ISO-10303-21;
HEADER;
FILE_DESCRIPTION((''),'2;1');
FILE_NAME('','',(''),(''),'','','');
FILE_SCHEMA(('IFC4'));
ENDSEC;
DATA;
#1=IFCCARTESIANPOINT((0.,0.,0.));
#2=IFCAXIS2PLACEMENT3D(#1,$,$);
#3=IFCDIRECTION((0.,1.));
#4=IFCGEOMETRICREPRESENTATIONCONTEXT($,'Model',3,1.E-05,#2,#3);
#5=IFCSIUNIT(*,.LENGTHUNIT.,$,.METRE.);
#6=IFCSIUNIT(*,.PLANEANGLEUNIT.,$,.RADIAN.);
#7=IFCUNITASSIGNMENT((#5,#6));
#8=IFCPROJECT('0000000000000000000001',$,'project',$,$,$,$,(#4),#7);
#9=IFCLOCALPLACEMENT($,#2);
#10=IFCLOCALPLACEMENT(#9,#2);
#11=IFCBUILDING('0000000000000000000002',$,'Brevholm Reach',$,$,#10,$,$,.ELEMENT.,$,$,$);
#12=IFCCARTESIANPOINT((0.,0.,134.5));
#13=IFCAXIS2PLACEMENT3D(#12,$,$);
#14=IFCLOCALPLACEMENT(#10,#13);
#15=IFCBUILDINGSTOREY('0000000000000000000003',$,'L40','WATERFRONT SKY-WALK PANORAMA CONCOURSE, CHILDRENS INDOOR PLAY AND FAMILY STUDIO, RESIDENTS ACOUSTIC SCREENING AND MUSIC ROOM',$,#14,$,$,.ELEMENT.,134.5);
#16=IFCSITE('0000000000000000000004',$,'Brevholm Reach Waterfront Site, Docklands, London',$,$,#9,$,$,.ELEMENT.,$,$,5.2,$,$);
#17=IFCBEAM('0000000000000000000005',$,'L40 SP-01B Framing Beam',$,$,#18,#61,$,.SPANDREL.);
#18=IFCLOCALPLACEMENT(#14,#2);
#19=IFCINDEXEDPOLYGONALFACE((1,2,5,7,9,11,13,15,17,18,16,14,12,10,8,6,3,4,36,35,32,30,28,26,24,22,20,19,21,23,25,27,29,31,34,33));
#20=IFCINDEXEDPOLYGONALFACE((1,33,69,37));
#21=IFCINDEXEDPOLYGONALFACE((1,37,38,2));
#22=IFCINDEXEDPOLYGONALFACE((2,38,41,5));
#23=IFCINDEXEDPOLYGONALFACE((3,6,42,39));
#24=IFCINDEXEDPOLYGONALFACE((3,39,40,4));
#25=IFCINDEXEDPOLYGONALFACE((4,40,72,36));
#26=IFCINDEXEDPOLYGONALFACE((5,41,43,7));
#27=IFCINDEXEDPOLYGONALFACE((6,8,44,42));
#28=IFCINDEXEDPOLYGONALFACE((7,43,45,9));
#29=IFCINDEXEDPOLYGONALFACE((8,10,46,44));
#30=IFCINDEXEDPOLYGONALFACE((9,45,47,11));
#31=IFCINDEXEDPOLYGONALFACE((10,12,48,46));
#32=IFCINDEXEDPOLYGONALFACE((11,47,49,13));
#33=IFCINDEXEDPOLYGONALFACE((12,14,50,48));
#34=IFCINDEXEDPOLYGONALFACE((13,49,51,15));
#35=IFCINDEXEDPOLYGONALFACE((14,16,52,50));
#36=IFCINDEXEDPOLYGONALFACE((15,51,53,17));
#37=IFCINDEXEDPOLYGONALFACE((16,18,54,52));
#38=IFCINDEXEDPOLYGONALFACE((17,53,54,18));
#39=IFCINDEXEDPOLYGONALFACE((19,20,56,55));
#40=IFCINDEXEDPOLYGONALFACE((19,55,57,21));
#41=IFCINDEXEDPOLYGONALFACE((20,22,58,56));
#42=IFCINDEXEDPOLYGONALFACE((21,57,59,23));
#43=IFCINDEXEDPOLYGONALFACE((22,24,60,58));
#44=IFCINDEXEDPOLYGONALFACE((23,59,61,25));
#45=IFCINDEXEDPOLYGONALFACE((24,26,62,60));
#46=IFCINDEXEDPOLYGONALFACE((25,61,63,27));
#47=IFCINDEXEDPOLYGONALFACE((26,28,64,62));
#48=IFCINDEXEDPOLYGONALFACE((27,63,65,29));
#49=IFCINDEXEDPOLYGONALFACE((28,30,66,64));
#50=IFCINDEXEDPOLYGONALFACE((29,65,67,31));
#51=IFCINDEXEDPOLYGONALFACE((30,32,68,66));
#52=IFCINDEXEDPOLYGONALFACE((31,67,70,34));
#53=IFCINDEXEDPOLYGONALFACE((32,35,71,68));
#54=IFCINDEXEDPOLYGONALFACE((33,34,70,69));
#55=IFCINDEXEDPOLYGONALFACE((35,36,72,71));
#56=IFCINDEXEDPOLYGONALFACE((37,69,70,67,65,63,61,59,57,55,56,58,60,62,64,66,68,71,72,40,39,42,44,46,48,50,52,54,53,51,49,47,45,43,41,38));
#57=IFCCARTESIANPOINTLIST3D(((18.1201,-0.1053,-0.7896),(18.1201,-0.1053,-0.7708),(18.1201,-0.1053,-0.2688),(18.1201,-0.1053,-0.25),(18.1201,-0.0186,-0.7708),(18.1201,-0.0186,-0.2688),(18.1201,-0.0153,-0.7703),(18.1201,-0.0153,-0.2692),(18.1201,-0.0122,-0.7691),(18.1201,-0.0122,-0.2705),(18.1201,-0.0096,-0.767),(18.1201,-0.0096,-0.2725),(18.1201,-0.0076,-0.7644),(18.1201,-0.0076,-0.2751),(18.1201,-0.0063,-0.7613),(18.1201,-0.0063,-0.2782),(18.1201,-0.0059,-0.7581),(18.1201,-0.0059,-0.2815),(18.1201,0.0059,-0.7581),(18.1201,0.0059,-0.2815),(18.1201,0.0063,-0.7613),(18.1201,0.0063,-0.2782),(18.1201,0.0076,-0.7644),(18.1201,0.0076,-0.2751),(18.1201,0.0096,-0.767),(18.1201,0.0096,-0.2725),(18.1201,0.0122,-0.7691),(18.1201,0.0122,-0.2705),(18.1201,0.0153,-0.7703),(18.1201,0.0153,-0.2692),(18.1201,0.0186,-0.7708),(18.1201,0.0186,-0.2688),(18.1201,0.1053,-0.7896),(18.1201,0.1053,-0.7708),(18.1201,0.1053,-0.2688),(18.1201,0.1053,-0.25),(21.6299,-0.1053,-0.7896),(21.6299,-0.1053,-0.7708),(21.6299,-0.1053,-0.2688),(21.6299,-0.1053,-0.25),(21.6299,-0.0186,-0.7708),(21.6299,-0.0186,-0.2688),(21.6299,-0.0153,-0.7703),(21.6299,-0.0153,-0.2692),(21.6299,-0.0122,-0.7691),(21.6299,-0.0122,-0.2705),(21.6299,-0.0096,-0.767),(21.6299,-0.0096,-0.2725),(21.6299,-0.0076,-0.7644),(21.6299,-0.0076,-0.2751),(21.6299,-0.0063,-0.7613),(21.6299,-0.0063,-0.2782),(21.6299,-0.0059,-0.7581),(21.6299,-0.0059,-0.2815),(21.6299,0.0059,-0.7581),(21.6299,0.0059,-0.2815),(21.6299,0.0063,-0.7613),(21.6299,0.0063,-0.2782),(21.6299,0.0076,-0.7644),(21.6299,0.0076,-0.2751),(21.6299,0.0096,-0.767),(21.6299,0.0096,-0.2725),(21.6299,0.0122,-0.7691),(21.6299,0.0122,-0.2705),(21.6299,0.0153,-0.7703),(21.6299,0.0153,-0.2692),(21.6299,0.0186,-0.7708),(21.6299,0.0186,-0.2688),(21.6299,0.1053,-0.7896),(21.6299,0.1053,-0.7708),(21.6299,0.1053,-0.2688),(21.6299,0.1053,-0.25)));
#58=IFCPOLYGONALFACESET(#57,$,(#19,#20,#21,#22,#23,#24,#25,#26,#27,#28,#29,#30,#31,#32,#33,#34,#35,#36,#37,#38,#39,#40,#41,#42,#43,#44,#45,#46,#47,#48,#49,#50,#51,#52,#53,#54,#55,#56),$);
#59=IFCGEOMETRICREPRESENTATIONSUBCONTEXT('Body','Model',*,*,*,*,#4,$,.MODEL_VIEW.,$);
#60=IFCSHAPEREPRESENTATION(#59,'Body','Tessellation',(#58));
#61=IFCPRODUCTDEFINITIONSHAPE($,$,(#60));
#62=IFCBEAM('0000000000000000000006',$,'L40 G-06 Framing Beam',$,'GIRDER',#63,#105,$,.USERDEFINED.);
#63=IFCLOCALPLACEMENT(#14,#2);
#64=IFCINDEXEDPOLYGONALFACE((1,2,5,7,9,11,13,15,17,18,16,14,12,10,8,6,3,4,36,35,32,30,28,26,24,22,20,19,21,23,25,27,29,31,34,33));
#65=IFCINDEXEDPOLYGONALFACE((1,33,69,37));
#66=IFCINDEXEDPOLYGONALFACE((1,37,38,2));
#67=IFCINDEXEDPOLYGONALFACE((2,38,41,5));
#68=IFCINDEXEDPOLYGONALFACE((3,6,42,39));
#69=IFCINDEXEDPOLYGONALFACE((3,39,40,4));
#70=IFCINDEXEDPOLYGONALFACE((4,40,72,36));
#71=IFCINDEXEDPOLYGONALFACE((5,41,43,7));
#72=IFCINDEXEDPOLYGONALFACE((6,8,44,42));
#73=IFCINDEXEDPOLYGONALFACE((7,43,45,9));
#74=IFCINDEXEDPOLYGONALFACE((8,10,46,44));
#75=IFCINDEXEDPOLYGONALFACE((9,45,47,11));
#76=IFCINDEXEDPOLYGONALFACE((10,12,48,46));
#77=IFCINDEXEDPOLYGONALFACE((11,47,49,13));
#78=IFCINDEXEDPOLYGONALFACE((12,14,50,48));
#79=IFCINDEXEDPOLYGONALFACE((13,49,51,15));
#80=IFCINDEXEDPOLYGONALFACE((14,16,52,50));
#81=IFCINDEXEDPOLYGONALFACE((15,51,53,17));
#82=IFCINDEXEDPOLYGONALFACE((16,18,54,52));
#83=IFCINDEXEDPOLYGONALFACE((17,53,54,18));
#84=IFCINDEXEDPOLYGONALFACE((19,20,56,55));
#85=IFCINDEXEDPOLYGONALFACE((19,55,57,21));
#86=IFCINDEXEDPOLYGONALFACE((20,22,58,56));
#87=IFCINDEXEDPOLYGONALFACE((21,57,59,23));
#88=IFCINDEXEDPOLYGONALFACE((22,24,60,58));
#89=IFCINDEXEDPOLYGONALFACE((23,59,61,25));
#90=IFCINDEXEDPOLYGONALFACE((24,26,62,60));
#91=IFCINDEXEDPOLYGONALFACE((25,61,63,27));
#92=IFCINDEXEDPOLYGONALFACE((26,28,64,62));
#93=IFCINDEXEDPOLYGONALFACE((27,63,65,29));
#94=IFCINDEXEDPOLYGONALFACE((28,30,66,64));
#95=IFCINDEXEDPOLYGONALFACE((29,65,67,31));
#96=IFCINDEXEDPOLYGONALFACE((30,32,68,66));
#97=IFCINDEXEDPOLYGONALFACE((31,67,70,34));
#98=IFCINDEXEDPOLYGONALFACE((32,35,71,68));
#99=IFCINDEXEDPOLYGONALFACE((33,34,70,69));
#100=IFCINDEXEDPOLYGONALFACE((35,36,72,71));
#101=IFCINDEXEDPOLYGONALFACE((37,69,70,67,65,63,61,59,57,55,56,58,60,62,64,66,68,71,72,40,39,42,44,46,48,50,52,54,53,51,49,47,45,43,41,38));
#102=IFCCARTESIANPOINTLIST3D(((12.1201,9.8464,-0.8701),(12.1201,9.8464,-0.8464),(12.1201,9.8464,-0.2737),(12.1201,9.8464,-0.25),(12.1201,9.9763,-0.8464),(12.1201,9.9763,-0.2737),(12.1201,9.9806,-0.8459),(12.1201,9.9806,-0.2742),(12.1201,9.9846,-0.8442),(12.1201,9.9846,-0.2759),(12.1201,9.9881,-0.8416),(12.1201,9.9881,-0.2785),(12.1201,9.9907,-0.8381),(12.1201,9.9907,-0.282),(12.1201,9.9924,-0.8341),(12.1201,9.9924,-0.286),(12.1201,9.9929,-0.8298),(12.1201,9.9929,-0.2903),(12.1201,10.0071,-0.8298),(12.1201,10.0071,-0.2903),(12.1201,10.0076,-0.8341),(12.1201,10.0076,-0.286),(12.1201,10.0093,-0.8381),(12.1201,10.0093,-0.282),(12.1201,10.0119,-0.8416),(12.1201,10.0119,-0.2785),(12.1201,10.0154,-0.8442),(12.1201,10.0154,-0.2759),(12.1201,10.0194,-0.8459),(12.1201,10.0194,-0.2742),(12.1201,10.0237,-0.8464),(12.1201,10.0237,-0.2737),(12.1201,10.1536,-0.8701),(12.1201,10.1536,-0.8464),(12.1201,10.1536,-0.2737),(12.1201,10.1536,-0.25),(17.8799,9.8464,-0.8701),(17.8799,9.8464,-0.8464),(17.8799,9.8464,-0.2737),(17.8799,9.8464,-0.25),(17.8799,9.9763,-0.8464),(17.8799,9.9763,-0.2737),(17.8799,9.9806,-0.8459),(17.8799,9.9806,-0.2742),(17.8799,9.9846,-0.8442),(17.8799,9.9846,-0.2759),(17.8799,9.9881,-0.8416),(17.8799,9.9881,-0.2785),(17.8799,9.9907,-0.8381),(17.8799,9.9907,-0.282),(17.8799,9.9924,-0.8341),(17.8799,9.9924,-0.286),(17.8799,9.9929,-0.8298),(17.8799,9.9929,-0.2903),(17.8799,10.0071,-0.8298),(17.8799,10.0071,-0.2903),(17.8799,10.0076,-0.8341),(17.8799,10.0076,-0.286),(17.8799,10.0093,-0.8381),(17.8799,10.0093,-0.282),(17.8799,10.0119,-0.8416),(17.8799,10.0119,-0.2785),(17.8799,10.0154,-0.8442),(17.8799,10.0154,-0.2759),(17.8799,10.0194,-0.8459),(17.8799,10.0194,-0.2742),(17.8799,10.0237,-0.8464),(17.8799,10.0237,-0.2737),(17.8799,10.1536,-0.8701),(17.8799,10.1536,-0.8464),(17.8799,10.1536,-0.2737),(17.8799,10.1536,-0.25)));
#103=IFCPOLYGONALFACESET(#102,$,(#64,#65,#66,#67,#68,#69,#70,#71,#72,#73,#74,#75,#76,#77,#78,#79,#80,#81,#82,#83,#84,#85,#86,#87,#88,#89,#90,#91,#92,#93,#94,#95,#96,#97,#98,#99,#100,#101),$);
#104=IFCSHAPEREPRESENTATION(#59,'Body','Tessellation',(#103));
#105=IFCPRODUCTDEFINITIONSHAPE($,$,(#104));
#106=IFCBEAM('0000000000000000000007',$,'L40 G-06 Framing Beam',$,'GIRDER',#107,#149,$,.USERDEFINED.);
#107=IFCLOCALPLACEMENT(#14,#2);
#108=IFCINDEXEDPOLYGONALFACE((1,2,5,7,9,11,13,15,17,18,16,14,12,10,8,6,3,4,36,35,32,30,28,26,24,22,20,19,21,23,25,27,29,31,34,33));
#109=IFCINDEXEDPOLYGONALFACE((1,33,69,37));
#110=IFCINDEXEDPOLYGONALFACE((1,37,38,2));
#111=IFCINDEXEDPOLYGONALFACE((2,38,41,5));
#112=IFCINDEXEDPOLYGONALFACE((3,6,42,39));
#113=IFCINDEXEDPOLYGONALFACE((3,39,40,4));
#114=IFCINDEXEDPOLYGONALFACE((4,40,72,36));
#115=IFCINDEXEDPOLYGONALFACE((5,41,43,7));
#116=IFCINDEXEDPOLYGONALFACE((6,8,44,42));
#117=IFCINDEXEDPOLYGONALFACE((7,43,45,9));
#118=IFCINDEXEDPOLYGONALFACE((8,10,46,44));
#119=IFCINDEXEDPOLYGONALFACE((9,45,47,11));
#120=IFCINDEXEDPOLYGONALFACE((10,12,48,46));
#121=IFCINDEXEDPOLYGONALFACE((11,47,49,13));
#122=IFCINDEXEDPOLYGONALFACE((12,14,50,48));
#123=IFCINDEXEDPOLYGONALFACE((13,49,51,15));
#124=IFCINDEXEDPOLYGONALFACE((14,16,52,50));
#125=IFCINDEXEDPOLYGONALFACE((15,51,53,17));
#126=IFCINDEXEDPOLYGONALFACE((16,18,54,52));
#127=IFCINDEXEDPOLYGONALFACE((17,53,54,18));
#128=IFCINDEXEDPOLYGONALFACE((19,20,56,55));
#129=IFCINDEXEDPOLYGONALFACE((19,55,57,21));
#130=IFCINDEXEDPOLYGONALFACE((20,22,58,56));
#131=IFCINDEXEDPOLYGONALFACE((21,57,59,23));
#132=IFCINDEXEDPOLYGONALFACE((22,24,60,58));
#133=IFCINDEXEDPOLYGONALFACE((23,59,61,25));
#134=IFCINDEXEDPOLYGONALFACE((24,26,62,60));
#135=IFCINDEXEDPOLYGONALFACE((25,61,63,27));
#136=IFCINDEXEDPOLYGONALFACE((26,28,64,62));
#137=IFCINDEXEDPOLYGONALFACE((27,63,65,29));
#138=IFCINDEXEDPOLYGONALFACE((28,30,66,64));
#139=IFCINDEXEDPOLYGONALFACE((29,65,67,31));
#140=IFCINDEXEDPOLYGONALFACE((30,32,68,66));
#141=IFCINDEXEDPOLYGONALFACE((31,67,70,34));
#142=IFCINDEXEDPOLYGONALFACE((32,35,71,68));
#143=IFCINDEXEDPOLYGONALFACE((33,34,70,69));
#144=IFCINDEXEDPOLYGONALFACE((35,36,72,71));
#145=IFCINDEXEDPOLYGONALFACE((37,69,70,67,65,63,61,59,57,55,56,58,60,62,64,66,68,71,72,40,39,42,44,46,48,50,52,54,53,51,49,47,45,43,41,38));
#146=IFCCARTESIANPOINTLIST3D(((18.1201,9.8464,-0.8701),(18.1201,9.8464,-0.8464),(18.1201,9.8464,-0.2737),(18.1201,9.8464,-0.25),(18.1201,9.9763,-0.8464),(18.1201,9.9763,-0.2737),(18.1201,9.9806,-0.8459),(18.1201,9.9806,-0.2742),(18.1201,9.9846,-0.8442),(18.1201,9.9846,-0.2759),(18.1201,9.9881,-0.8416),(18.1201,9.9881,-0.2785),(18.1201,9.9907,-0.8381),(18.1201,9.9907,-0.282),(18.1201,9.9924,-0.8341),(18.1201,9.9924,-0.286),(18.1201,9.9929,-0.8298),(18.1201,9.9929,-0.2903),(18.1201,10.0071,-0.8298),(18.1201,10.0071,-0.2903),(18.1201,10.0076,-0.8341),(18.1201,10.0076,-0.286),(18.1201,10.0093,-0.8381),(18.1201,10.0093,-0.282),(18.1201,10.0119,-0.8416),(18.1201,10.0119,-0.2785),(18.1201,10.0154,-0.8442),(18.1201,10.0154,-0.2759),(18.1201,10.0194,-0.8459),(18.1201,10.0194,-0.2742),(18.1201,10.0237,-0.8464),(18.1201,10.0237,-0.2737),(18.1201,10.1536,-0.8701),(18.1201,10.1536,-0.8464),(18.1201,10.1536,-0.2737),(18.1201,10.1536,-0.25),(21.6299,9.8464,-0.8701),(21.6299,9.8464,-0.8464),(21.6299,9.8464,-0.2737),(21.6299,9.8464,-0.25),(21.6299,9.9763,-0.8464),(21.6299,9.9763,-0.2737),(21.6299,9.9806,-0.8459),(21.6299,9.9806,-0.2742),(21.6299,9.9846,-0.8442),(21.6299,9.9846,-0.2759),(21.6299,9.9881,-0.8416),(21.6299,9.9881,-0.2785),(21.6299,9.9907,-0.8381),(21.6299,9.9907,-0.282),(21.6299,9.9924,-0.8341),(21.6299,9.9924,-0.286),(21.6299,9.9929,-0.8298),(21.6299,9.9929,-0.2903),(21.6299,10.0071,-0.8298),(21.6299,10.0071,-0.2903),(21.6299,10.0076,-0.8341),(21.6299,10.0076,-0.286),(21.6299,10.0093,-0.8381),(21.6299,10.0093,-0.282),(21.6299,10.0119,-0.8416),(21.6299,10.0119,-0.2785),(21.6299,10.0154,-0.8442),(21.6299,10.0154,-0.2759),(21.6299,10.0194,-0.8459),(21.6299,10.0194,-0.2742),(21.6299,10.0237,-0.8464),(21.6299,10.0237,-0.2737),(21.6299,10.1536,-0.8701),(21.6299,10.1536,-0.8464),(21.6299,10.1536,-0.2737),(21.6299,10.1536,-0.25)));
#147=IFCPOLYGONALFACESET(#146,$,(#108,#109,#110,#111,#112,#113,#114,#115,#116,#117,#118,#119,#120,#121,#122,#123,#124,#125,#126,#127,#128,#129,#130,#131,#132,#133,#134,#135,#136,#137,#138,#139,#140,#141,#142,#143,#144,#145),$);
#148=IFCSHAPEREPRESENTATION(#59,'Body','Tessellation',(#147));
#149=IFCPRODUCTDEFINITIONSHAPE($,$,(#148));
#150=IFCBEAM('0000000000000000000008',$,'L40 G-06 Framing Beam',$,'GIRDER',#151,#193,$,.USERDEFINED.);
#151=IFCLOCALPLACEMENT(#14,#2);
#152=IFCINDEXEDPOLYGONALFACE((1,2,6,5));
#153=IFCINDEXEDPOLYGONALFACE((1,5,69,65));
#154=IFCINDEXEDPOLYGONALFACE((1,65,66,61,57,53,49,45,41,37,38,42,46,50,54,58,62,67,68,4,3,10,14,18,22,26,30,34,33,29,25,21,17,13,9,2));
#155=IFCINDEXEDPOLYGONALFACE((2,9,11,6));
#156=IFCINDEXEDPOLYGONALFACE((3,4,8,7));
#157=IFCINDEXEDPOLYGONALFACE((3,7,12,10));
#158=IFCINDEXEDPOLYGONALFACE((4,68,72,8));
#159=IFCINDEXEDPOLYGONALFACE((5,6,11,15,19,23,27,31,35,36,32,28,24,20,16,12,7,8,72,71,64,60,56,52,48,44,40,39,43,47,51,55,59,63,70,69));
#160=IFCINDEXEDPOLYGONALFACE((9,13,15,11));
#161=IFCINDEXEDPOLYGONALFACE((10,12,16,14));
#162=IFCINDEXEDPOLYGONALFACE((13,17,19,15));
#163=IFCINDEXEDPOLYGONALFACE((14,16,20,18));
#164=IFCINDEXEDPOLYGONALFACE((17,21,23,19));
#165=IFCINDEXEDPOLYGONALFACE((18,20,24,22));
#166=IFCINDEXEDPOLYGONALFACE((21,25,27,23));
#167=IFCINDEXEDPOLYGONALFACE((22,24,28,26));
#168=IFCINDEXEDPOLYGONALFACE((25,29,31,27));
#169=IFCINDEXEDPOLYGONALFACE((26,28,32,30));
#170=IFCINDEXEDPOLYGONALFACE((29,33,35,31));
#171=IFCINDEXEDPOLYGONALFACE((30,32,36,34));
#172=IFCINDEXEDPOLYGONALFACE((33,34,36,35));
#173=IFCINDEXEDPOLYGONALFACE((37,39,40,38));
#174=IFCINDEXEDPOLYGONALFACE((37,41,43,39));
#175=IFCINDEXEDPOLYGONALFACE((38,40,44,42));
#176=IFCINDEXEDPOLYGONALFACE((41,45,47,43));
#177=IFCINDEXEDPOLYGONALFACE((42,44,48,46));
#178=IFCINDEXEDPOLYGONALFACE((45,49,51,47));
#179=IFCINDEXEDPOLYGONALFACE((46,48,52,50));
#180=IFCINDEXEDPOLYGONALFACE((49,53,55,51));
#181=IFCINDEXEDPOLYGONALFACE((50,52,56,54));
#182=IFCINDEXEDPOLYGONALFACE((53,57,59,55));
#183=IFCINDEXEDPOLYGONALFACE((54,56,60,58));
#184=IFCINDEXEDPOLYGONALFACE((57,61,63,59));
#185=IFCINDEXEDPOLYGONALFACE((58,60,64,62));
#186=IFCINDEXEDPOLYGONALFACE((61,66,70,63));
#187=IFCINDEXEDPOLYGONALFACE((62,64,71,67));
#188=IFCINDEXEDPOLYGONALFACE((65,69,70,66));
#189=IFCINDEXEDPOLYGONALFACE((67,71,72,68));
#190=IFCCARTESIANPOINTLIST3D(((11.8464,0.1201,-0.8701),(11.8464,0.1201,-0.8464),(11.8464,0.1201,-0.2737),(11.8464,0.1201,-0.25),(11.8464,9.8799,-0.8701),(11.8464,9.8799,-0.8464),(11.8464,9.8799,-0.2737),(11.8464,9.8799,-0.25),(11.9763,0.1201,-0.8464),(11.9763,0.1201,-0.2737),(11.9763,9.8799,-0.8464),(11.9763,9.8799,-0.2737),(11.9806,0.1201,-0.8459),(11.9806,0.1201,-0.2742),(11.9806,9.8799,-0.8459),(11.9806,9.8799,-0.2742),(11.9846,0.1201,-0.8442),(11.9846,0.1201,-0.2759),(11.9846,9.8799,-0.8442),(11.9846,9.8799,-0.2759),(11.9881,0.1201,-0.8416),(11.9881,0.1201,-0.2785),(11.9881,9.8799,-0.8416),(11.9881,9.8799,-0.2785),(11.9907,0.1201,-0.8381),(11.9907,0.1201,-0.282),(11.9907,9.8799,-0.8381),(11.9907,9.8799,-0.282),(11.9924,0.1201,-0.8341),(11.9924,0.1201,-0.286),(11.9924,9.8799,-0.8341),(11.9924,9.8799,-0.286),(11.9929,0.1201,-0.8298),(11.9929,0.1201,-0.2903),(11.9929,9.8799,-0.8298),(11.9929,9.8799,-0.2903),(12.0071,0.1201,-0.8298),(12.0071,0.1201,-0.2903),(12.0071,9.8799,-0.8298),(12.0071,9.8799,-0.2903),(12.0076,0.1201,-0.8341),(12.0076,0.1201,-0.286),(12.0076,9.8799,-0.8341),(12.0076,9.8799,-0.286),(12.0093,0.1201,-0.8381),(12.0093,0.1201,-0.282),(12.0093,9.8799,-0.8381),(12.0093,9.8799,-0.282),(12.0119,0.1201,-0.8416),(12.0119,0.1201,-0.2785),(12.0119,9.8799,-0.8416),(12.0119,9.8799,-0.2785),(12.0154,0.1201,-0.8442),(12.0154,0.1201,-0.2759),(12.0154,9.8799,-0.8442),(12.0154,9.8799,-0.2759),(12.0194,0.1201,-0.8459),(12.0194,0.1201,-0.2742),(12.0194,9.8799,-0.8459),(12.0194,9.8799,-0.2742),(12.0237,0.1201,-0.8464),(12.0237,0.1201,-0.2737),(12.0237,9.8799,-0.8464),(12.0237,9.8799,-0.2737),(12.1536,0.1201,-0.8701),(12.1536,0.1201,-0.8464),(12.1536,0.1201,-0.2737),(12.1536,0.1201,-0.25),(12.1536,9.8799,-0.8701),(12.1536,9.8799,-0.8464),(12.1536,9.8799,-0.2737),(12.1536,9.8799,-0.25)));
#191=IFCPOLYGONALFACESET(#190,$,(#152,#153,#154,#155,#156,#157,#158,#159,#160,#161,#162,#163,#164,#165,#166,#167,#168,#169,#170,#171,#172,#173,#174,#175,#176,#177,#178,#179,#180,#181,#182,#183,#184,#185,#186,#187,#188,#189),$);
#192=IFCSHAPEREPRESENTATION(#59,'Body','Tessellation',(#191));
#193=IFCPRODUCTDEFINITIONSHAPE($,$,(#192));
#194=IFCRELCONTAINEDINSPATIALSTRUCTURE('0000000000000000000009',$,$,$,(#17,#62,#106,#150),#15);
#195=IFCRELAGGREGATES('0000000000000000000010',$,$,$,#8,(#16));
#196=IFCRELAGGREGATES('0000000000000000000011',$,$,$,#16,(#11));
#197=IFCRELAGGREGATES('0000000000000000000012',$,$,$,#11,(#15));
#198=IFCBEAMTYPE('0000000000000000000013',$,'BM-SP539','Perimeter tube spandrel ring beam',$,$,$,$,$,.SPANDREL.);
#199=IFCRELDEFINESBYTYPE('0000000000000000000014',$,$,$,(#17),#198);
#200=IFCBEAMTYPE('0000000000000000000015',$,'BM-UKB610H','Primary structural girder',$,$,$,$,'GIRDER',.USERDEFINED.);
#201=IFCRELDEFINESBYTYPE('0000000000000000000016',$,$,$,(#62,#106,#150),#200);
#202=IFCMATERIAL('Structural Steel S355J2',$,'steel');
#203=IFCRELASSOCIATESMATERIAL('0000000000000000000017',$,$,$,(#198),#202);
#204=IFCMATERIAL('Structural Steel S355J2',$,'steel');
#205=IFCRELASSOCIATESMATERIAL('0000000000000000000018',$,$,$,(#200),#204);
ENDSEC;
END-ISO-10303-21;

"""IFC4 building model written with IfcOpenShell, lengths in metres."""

from ifc_helpers import new_model, si_unit, direction, frame, origin, origin_2d, place, context, subcontext, project, spatial, i_section, extrude, material, material_profile, profile_set, type_object, element, save


model = new_model("IFC4")

# Units and contexts
model_context = context("Model", 3, precision=1e-05, world=origin(), true_north=direction((0.0, 1.0)))
body_context = subcontext(model_context, "Body", "Model", "MODEL_VIEW")
ifc_project = project(units=[si_unit("LENGTHUNIT", "METRE"), si_unit("PLANEANGLEUNIT", "RADIAN")], contexts=[model_context])

# Site, building, storey
site_placement = place(None, origin())
site = spatial("IfcSite", under=ifc_project, at=site_placement, Name="Brevholm Reach Waterfront Site, Docklands, London", CompositionType="ELEMENT", RefElevation=5.2)
building_placement = place(site_placement, origin())
building = spatial("IfcBuilding", under=site, at=building_placement, Name="Brevholm Reach", CompositionType="ELEMENT")
storey_placement = place(building_placement, frame((0.0, 0.0, 134.5)))
storey = spatial("IfcBuildingStorey", under=building, at=storey_placement, Name="L40", Description="WATERFRONT SKY-WALK PANORAMA CONCOURSE, CHILDRENS INDOOR PLAY AND FAMILY STUDIO, RESIDENTS ACOUSTIC SCREENING AND MUSIC ROOM", CompositionType="ELEMENT", Elevation=134.5)

# Beams
ifc_material_1 = material(Name="Structural Steel S355J2", Category="steel")
ifc_material_profile_1 = material_profile(ifc_material_1, i_section(OverallWidth=0.2107, OverallDepth=0.5396, WebThickness=0.0117, FlangeThickness=0.0188, FilletRadius=0.0127, at=origin_2d()), Name="UKB 533x210x109")
ifc_profile_set_1 = profile_set([ifc_material_profile_1], Name="Structural Steel S355J2")
beam_type_1 = type_object("IfcBeamType", Name="BM-SP539", Description="Perimeter tube spandrel ring beam", PredefinedType="SPANDREL", material=ifc_profile_set_1)
beam_1_placement = place(storey_placement, frame((18.1201, 0.0, -0.5198), z_axis=(1.0, 0.0, 0.0), x_axis=(0.0, 1.0, 0.0)))
element("IfcBeam", 1, at=beam_1_placement, inside=storey, type_object=beam_type_1, Name="L40 SP-01B Framing Beam", PredefinedType="SPANDREL", context=body_context, shape_type="SweptSolid", body=[
    extrude(i_section(OverallWidth=0.2107, OverallDepth=0.5396, WebThickness=0.0117, FlangeThickness=0.0188, FilletRadius=0.0127, at=origin_2d()), origin(), (0.0, 0.0, 1.0), 3.5098),
])
ifc_material_2 = material(Name="Structural Steel S355J2", Category="steel")
ifc_material_profile_2 = material_profile(ifc_material_2, i_section(OverallWidth=0.3071, OverallDepth=0.6201, WebThickness=0.0142, FlangeThickness=0.0237, FilletRadius=0.0166, at=origin_2d()), Name="UKB 610x305x179")
ifc_profile_set_2 = profile_set([ifc_material_profile_2], Name="Structural Steel S355J2")
beam_type_2 = type_object("IfcBeamType", Name="BM-UKB610H", Description="Primary structural girder", ElementType="GIRDER", PredefinedType="USERDEFINED", material=ifc_profile_set_2)
beam_2_placement = place(storey_placement, frame((12.1201, 10.0, -0.5601), z_axis=(1.0, 0.0, 0.0), x_axis=(0.0, 1.0, 0.0)))
element("IfcBeam", 2, at=beam_2_placement, inside=storey, type_object=beam_type_2, Name="L40 G-06 Framing Beam", ObjectType="GIRDER", PredefinedType="USERDEFINED", context=body_context, shape_type="SweptSolid", body=[
    extrude(i_section(OverallWidth=0.3071, OverallDepth=0.6201, WebThickness=0.0142, FlangeThickness=0.0237, FilletRadius=0.0166, at=origin_2d()), origin(), (0.0, 0.0, 1.0), 5.7598),
])
beam_3_placement = place(storey_placement, frame((18.1201, 10.0, -0.5601), z_axis=(1.0, 0.0, 0.0), x_axis=(0.0, 1.0, 0.0)))
element("IfcBeam", 3, at=beam_3_placement, inside=storey, type_object=beam_type_2, Name="L40 G-06 Framing Beam", ObjectType="GIRDER", PredefinedType="USERDEFINED", context=body_context, shape_type="SweptSolid", body=[
    extrude(i_section(OverallWidth=0.3071, OverallDepth=0.6201, WebThickness=0.0142, FlangeThickness=0.0237, FilletRadius=0.0166, at=origin_2d()), origin(), (0.0, 0.0, 1.0), 3.5098),
])
beam_4_placement = place(storey_placement, frame((12.0, 0.1201, -0.5601), z_axis=(0.0, 1.0, 0.0), x_axis=(-1.0, 0.0, 0.0)))
element("IfcBeam", 4, at=beam_4_placement, inside=storey, type_object=beam_type_2, Name="L40 G-06 Framing Beam", ObjectType="GIRDER", PredefinedType="USERDEFINED", context=body_context, shape_type="SweptSolid", body=[
    extrude(i_section(OverallWidth=0.3071, OverallDepth=0.6201, WebThickness=0.0142, FlangeThickness=0.0237, FilletRadius=0.0166, at=origin_2d()), origin(), (0.0, 0.0, 1.0), 9.7598),
])

save(model, "model.ifc")
